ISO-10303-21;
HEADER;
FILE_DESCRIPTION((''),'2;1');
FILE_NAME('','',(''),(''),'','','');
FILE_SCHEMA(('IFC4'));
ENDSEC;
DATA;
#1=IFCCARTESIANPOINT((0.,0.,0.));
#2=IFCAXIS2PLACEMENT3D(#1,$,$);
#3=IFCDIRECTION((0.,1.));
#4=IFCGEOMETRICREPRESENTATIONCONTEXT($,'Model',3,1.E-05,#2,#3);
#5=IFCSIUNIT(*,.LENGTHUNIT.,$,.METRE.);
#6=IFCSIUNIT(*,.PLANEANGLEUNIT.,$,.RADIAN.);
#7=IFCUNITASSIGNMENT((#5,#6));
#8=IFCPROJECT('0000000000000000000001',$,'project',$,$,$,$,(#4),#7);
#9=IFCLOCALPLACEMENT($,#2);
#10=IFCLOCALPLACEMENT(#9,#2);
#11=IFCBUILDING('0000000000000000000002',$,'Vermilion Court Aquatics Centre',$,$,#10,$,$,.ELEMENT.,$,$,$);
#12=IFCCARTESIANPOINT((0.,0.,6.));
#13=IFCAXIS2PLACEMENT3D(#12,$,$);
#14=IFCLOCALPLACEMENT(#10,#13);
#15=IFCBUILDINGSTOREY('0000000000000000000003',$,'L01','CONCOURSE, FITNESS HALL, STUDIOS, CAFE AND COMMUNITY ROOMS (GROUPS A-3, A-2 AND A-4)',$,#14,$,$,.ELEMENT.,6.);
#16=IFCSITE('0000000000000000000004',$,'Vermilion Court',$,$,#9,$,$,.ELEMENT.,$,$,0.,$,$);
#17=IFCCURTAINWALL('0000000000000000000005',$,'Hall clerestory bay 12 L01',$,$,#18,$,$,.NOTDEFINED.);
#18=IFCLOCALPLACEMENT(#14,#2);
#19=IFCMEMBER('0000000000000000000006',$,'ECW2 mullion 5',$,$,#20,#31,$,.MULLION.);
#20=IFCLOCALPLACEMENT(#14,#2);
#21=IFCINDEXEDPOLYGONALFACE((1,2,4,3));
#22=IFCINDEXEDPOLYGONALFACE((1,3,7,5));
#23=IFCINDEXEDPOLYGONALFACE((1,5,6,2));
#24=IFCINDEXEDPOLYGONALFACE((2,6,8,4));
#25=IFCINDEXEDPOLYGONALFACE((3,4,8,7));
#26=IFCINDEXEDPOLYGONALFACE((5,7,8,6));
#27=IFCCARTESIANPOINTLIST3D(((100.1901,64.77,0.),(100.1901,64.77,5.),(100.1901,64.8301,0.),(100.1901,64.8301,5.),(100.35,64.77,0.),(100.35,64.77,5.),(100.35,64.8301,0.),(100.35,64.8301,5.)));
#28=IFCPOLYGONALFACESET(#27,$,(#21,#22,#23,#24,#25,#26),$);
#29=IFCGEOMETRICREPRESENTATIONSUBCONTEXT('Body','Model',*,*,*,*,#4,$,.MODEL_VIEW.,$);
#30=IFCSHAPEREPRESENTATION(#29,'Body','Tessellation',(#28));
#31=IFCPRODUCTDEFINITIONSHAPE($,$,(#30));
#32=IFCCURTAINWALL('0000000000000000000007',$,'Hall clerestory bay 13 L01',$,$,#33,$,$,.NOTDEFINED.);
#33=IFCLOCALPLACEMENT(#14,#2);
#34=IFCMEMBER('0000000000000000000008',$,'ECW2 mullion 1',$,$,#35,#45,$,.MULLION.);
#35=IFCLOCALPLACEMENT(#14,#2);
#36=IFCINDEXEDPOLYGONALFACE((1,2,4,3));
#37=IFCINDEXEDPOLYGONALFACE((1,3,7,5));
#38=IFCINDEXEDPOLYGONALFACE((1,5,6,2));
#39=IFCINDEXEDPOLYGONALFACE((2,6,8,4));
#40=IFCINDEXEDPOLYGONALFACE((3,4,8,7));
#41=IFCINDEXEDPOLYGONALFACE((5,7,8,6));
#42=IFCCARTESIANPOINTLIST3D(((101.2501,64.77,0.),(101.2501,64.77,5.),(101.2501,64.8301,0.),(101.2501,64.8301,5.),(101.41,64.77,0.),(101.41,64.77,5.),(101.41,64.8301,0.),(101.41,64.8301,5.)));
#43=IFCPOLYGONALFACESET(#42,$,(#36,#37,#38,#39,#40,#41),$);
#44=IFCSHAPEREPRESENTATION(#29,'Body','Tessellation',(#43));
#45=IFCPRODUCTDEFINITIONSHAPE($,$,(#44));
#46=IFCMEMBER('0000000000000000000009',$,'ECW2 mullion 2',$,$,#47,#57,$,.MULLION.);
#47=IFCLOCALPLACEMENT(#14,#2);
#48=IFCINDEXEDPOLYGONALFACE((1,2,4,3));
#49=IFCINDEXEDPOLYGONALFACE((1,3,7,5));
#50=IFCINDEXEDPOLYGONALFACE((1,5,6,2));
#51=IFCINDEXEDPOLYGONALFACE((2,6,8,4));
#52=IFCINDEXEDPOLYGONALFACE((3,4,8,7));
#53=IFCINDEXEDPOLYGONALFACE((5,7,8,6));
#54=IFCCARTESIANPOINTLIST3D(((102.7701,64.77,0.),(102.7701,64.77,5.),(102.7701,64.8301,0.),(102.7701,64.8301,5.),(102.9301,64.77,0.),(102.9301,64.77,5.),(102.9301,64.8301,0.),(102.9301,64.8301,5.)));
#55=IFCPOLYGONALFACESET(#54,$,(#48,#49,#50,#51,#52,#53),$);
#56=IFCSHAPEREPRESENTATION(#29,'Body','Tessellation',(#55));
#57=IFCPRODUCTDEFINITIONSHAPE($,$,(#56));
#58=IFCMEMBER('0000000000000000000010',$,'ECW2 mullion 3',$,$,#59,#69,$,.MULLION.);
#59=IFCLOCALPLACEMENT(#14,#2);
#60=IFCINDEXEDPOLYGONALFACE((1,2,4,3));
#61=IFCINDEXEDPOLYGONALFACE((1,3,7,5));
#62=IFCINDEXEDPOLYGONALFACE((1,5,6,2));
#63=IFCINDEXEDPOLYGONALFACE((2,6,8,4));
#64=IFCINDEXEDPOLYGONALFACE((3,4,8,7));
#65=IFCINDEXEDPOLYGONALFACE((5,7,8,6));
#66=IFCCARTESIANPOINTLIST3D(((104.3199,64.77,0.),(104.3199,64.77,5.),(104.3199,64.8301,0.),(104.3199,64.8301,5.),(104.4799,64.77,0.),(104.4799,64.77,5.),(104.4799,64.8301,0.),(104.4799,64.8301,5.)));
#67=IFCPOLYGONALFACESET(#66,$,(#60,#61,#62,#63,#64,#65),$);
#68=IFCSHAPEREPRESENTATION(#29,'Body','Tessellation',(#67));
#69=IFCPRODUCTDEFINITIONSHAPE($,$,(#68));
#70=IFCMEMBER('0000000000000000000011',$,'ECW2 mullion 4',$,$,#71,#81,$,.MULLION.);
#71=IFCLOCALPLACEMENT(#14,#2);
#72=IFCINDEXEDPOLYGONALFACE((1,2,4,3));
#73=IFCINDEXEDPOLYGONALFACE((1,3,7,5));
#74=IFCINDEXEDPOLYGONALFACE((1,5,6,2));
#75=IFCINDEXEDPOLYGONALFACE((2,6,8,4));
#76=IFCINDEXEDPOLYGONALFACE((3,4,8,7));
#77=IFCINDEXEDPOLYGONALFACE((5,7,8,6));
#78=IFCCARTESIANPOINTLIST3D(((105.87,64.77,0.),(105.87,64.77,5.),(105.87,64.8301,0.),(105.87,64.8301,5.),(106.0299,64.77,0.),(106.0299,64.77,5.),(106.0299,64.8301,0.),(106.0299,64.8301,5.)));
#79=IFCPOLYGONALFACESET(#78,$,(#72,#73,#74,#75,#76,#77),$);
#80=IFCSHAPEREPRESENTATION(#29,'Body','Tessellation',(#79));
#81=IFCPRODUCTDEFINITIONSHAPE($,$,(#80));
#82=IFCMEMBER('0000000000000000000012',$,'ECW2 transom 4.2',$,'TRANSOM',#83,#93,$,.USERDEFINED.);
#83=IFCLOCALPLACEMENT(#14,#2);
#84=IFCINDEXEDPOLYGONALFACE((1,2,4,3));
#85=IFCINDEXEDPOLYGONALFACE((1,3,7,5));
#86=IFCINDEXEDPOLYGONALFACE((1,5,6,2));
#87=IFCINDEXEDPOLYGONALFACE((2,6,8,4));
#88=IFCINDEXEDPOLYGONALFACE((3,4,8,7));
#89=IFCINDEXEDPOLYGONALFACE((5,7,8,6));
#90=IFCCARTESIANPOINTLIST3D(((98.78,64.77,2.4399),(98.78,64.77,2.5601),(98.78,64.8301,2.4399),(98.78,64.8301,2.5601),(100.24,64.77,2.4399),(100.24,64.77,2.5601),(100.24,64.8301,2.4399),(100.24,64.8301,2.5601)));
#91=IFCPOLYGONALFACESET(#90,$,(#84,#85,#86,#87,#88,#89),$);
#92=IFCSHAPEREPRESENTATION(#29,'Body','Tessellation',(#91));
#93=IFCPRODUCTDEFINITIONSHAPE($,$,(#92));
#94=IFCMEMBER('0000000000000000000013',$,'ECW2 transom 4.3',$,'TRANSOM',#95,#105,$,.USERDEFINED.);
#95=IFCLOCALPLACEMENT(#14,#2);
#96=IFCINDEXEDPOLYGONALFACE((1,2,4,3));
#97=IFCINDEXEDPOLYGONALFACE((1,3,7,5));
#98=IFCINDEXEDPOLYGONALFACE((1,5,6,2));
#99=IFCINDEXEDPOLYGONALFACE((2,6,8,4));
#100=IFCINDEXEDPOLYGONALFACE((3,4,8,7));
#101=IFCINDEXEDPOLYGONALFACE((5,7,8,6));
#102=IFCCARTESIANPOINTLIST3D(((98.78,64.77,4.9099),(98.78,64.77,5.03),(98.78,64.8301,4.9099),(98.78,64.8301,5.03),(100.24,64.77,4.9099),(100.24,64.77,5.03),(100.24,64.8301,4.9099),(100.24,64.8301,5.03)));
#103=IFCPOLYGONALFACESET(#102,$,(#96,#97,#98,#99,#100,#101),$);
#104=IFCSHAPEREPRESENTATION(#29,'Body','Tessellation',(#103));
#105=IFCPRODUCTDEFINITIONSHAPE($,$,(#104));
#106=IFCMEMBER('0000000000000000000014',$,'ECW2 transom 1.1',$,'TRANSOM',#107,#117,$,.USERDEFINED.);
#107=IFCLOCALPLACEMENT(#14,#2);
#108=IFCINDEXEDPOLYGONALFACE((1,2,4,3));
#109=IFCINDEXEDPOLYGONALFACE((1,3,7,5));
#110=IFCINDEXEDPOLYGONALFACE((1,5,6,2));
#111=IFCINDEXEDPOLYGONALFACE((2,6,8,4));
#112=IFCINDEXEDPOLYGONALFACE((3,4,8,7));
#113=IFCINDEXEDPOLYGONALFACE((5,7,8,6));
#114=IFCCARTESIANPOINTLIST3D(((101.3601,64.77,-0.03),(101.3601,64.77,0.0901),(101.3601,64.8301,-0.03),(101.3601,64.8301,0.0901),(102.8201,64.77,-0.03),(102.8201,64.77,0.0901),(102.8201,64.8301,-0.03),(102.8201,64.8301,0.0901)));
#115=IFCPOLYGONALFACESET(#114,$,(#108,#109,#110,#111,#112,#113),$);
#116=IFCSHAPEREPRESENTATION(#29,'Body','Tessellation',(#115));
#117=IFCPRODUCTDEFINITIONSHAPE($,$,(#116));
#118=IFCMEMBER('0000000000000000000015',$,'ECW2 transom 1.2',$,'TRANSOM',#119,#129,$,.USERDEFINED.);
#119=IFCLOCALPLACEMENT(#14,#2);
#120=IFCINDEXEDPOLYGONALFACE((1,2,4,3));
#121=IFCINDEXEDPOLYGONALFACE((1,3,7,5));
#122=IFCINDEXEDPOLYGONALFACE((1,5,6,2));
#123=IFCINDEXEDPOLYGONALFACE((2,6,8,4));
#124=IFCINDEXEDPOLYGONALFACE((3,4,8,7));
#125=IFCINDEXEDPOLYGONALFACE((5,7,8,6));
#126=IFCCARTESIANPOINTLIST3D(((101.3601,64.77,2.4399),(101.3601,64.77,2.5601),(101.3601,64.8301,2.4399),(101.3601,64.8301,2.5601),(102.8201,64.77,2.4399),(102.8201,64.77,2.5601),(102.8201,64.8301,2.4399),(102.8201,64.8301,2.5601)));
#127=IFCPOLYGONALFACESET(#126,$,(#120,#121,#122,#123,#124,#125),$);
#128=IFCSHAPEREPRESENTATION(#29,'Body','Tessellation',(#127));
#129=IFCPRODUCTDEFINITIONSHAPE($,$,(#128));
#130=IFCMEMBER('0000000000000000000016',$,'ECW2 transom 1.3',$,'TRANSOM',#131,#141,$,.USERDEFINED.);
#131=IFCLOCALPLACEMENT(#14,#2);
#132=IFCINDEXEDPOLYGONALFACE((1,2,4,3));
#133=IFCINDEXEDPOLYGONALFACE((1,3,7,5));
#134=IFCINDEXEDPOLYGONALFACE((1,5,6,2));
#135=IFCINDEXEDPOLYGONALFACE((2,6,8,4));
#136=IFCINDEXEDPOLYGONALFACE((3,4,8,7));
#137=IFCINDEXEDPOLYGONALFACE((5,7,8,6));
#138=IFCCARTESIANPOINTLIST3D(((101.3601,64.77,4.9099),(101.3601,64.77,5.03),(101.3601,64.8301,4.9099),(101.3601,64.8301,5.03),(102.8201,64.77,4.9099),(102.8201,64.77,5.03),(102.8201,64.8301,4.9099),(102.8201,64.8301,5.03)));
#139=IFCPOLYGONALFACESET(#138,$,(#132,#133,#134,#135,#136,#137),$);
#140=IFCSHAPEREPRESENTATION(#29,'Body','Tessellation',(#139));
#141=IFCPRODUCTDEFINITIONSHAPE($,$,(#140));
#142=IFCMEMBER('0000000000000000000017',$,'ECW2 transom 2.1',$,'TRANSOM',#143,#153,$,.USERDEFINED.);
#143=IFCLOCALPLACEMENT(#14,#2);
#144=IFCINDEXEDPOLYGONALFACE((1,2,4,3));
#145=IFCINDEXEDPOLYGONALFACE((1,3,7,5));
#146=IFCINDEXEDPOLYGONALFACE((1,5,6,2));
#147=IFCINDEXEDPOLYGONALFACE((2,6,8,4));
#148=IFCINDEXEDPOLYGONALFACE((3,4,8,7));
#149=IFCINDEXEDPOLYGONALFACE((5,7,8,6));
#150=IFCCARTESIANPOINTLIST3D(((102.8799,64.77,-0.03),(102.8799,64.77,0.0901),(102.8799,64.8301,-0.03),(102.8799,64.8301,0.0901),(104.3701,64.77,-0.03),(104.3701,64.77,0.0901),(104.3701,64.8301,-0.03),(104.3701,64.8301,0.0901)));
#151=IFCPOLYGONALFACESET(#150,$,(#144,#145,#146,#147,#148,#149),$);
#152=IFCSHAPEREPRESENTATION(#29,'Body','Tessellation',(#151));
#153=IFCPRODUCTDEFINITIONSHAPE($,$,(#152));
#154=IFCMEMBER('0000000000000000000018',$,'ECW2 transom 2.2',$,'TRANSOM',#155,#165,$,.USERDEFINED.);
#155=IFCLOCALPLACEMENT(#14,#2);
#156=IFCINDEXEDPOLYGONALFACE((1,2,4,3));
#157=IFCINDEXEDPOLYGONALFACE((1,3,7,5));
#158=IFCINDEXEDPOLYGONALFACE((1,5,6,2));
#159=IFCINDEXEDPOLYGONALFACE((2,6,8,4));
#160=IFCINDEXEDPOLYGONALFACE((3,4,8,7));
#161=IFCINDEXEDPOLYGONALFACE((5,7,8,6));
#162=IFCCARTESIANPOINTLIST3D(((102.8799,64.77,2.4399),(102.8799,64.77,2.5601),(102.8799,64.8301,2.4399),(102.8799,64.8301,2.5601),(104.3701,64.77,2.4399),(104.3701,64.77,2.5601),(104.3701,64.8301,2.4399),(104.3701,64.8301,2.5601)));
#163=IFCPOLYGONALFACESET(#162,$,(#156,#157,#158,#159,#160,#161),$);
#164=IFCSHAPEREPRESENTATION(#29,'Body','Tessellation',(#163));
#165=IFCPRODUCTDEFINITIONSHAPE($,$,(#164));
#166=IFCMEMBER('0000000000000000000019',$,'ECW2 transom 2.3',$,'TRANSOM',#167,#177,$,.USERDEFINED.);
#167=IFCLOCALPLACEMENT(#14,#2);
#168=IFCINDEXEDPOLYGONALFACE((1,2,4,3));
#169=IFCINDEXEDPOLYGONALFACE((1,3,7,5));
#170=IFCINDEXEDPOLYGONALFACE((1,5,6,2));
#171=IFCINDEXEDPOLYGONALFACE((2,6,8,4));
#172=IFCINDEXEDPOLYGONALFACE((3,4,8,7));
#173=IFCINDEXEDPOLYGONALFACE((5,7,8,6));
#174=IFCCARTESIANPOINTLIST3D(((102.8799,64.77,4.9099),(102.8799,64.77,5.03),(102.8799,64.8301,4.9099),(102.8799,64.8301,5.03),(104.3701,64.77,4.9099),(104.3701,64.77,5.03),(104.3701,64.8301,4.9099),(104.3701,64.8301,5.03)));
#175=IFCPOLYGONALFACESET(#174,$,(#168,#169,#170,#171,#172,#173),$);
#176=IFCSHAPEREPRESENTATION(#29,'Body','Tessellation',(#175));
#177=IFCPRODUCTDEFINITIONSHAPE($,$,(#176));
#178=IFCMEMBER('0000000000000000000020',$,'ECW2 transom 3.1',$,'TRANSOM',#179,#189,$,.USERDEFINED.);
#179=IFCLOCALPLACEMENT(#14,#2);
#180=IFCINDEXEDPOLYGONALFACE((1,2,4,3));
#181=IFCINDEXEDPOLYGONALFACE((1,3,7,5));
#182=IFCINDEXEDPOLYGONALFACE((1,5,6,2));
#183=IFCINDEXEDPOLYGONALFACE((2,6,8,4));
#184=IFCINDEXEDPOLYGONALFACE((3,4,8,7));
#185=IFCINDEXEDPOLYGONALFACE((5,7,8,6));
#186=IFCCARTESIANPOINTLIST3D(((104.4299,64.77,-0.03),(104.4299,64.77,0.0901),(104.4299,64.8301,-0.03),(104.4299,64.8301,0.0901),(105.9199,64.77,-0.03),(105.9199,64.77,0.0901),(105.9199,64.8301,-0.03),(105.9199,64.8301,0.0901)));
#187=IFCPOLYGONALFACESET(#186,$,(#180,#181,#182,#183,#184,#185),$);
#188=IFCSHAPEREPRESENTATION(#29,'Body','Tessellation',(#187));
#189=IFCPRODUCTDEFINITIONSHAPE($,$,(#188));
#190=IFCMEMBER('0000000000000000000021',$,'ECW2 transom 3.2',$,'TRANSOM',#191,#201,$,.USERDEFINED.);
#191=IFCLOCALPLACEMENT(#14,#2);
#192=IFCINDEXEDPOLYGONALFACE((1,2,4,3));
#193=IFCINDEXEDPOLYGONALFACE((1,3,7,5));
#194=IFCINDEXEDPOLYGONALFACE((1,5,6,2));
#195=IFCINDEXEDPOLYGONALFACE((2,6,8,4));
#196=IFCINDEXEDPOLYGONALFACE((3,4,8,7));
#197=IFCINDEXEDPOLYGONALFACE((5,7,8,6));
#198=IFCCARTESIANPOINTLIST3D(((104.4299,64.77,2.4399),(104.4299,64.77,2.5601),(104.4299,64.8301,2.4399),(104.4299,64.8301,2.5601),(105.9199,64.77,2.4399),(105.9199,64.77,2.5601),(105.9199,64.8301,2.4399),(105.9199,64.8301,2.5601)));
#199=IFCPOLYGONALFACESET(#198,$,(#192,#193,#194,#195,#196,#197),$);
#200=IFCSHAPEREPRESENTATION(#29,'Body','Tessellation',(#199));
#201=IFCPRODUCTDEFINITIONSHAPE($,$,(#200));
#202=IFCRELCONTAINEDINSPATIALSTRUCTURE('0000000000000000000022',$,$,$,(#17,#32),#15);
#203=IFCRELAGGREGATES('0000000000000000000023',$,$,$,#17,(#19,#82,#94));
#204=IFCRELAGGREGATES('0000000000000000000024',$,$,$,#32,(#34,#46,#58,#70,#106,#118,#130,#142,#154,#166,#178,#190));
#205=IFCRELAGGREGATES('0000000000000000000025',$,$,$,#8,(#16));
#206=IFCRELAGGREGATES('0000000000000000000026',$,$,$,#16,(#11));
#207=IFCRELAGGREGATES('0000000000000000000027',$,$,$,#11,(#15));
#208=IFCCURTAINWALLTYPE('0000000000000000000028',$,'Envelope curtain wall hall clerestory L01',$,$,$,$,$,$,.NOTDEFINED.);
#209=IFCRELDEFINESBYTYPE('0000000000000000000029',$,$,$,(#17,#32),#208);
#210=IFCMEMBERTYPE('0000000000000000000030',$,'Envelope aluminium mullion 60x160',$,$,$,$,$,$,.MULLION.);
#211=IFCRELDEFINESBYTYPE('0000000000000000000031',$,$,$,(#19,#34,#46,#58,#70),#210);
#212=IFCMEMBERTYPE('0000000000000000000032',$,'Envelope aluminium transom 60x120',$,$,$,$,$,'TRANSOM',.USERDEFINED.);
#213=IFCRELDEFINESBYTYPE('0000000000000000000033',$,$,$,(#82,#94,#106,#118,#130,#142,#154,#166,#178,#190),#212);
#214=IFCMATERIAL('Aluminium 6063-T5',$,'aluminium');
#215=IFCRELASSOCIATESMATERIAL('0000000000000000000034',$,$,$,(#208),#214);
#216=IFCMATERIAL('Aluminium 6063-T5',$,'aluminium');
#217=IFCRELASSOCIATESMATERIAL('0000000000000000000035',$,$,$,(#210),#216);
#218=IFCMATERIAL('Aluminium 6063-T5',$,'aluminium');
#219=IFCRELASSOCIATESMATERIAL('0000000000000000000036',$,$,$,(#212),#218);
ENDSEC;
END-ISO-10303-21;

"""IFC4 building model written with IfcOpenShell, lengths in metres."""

from ifc_helpers import new_model, si_unit, direction, frame, origin, origin_2d, place, context, subcontext, project, spatial, rectangle, extrude, material, material_profile, profile_set, type_object, element, aggregate, save


model = new_model("IFC4")

# Units and contexts
model_context = context("Model", 3, precision=1e-05, world=origin(), true_north=direction((0.0, 1.0)))
body_context = subcontext(model_context, "Body", "Model", "MODEL_VIEW")
ifc_project = project(units=[si_unit("LENGTHUNIT", "METRE"), si_unit("PLANEANGLEUNIT", "RADIAN")], contexts=[model_context])

# Site, building, storey
site_placement = place(None, origin())
site = spatial("IfcSite", under=ifc_project, at=site_placement, Name="Vermilion Court", CompositionType="ELEMENT", RefElevation=0.0)
building_placement = place(site_placement, origin())
building = spatial("IfcBuilding", under=site, at=building_placement, Name="Vermilion Court Aquatics Centre", CompositionType="ELEMENT")
storey_placement = place(building_placement, frame((0.0, 0.0, 6.0)))
storey = spatial("IfcBuildingStorey", under=building, at=storey_placement, Name="L01", Description="CONCOURSE, FITNESS HALL, STUDIOS, CAFE AND COMMUNITY ROOMS (GROUPS A-3, A-2 AND A-4)", CompositionType="ELEMENT", Elevation=6.0)

# Curtain wall, member
ifc_material_1 = material(Name="Aluminium 6063-T5", Category="aluminium")
curtain_wall_type = type_object("IfcCurtainWallType", Name="Envelope curtain wall hall clerestory L01", PredefinedType="NOTDEFINED", material=ifc_material_1)
curtain_wall_1_placement = place(storey_placement, origin())
curtain_wall_1 = element("IfcCurtainWall", 1, at=curtain_wall_1_placement, inside=storey, type_object=curtain_wall_type, Name="Hall clerestory bay 12 L01", PredefinedType="NOTDEFINED")
ifc_material_2 = material(Name="Aluminium 6063-T5", Category="aluminium")
ifc_material_profile_1 = material_profile(ifc_material_2, rectangle(XDim=0.0601, YDim=0.1599, at=origin_2d()), Name="AL 60x160")
ifc_profile_set_1 = profile_set([ifc_material_profile_1], Name="Aluminium 6063-T5")
member_type_1 = type_object("IfcMemberType", Name="Envelope aluminium mullion 60x160", PredefinedType="MULLION", material=ifc_profile_set_1)
member_1_placement = place(storey_placement, frame((100.27, 64.8, 0.0), z_axis=(0.0, 0.0, 1.0), x_axis=(0.0, 1.0, 0.0)))
member_1 = element("IfcMember", 2, at=member_1_placement, type_object=member_type_1, Name="ECW2 mullion 5", PredefinedType="MULLION", context=body_context, shape_type="SweptSolid", body=[
    extrude(rectangle(XDim=0.0601, YDim=0.1599, at=origin_2d()), origin(), (0.0, 0.0, 1.0), 5.0),
])

# Curtain wall, members
curtain_wall_2_placement = place(storey_placement, origin())
curtain_wall_2 = element("IfcCurtainWall", 3, at=curtain_wall_2_placement, inside=storey, type_object=curtain_wall_type, Name="Hall clerestory bay 13 L01", PredefinedType="NOTDEFINED")
member_2_placement = place(storey_placement, frame((101.3301, 64.8, 0.0), z_axis=(0.0, 0.0, 1.0), x_axis=(0.0, 1.0, 0.0)))
member_2 = element("IfcMember", 4, at=member_2_placement, type_object=member_type_1, Name="ECW2 mullion 1", PredefinedType="MULLION", context=body_context, shape_type="SweptSolid", body=[
    extrude(rectangle(XDim=0.0601, YDim=0.1599, at=origin_2d()), origin(), (0.0, 0.0, 1.0), 5.0),
])
member_3_placement = place(storey_placement, frame((102.8501, 64.8, 0.0), z_axis=(0.0, 0.0, 1.0), x_axis=(0.0, 1.0, 0.0)))
member_3 = element("IfcMember", 5, at=member_3_placement, type_object=member_type_1, Name="ECW2 mullion 2", PredefinedType="MULLION", context=body_context, shape_type="SweptSolid", body=[
    extrude(rectangle(XDim=0.0601, YDim=0.1599, at=origin_2d()), origin(), (0.0, 0.0, 1.0), 5.0),
])
member_4_placement = place(storey_placement, frame((104.3999, 64.8, 0.0), z_axis=(0.0, 0.0, 1.0), x_axis=(0.0, 1.0, 0.0)))
member_4 = element("IfcMember", 6, at=member_4_placement, type_object=member_type_1, Name="ECW2 mullion 3", PredefinedType="MULLION", context=body_context, shape_type="SweptSolid", body=[
    extrude(rectangle(XDim=0.0601, YDim=0.1599, at=origin_2d()), origin(), (0.0, 0.0, 1.0), 5.0),
])
member_5_placement = place(storey_placement, frame((105.95, 64.8, 0.0), z_axis=(0.0, 0.0, 1.0), x_axis=(0.0, 1.0, 0.0)))
member_5 = element("IfcMember", 7, at=member_5_placement, type_object=member_type_1, Name="ECW2 mullion 4", PredefinedType="MULLION", context=body_context, shape_type="SweptSolid", body=[
    extrude(rectangle(XDim=0.0601, YDim=0.1599, at=origin_2d()), origin(), (0.0, 0.0, 1.0), 5.0),
])

# Members
ifc_material_3 = material(Name="Aluminium 6063-T5", Category="aluminium")
ifc_material_profile_2 = material_profile(ifc_material_3, rectangle(XDim=0.0601, YDim=0.1201, at=origin_2d()), Name="AL 60x120")
ifc_profile_set_2 = profile_set([ifc_material_profile_2], Name="Aluminium 6063-T5")
member_type_2 = type_object("IfcMemberType", Name="Envelope aluminium transom 60x120", ElementType="TRANSOM", PredefinedType="USERDEFINED", material=ifc_profile_set_2)
member_6_placement = place(storey_placement, frame((98.78, 64.8, 2.5), z_axis=(1.0, 0.0, 0.0), x_axis=(0.0, 1.0, 0.0)))
member_6 = element("IfcMember", 8, at=member_6_placement, type_object=member_type_2, Name="ECW2 transom 4.2", ObjectType="TRANSOM", PredefinedType="USERDEFINED", context=body_context, shape_type="SweptSolid", body=[
    extrude(rectangle(XDim=0.0601, YDim=0.1201, at=origin_2d()), origin(), (0.0, 0.0, 1.0), 1.46),
])
member_7_placement = place(storey_placement, frame((98.78, 64.8, 4.97), z_axis=(1.0, 0.0, 0.0), x_axis=(0.0, 1.0, 0.0)))
member_7 = element("IfcMember", 9, at=member_7_placement, type_object=member_type_2, Name="ECW2 transom 4.3", ObjectType="TRANSOM", PredefinedType="USERDEFINED", context=body_context, shape_type="SweptSolid", body=[
    extrude(rectangle(XDim=0.0601, YDim=0.1201, at=origin_2d()), origin(), (0.0, 0.0, 1.0), 1.46),
])
member_8_placement = place(storey_placement, frame((101.3601, 64.8, 0.03), z_axis=(1.0, 0.0, 0.0), x_axis=(0.0, 1.0, 0.0)))
member_8 = element("IfcMember", 10, at=member_8_placement, type_object=member_type_2, Name="ECW2 transom 1.1", ObjectType="TRANSOM", PredefinedType="USERDEFINED", context=body_context, shape_type="SweptSolid", body=[
    extrude(rectangle(XDim=0.0601, YDim=0.1201, at=origin_2d()), origin(), (0.0, 0.0, 1.0), 1.46),
])
member_9_placement = place(storey_placement, frame((101.3601, 64.8, 2.5), z_axis=(1.0, 0.0, 0.0), x_axis=(0.0, 1.0, 0.0)))
member_9 = element("IfcMember", 11, at=member_9_placement, type_object=member_type_2, Name="ECW2 transom 1.2", ObjectType="TRANSOM", PredefinedType="USERDEFINED", context=body_context, shape_type="SweptSolid", body=[
    extrude(rectangle(XDim=0.0601, YDim=0.1201, at=origin_2d()), origin(), (0.0, 0.0, 1.0), 1.46),
])
member_10_placement = place(storey_placement, frame((101.3601, 64.8, 4.97), z_axis=(1.0, 0.0, 0.0), x_axis=(0.0, 1.0, 0.0)))
member_10 = element("IfcMember", 12, at=member_10_placement, type_object=member_type_2, Name="ECW2 transom 1.3", ObjectType="TRANSOM", PredefinedType="USERDEFINED", context=body_context, shape_type="SweptSolid", body=[
    extrude(rectangle(XDim=0.0601, YDim=0.1201, at=origin_2d()), origin(), (0.0, 0.0, 1.0), 1.46),
])
member_11_placement = place(storey_placement, frame((102.8799, 64.8, 0.03), z_axis=(1.0, 0.0, 0.0), x_axis=(0.0, 1.0, 0.0)))
member_11 = element("IfcMember", 13, at=member_11_placement, type_object=member_type_2, Name="ECW2 transom 2.1", ObjectType="TRANSOM", PredefinedType="USERDEFINED", context=body_context, shape_type="SweptSolid", body=[
    extrude(rectangle(XDim=0.0601, YDim=0.1201, at=origin_2d()), origin(), (0.0, 0.0, 1.0), 1.4902),
])
member_12_placement = place(storey_placement, frame((102.8799, 64.8, 2.5), z_axis=(1.0, 0.0, 0.0), x_axis=(0.0, 1.0, 0.0)))
member_12 = element("IfcMember", 14, at=member_12_placement, type_object=member_type_2, Name="ECW2 transom 2.2", ObjectType="TRANSOM", PredefinedType="USERDEFINED", context=body_context, shape_type="SweptSolid", body=[
    extrude(rectangle(XDim=0.0601, YDim=0.1201, at=origin_2d()), origin(), (0.0, 0.0, 1.0), 1.4902),
])
member_13_placement = place(storey_placement, frame((102.8799, 64.8, 4.97), z_axis=(1.0, 0.0, 0.0), x_axis=(0.0, 1.0, 0.0)))
member_13 = element("IfcMember", 15, at=member_13_placement, type_object=member_type_2, Name="ECW2 transom 2.3", ObjectType="TRANSOM", PredefinedType="USERDEFINED", context=body_context, shape_type="SweptSolid", body=[
    extrude(rectangle(XDim=0.0601, YDim=0.1201, at=origin_2d()), origin(), (0.0, 0.0, 1.0), 1.4902),
])
member_14_placement = place(storey_placement, frame((104.4299, 64.8, 0.03), z_axis=(1.0, 0.0, 0.0), x_axis=(0.0, 1.0, 0.0)))
member_14 = element("IfcMember", 16, at=member_14_placement, type_object=member_type_2, Name="ECW2 transom 3.1", ObjectType="TRANSOM", PredefinedType="USERDEFINED", context=body_context, shape_type="SweptSolid", body=[
    extrude(rectangle(XDim=0.0601, YDim=0.1201, at=origin_2d()), origin(), (0.0, 0.0, 1.0), 1.49),
])
member_15_placement = place(storey_placement, frame((104.4299, 64.8, 2.5), z_axis=(1.0, 0.0, 0.0), x_axis=(0.0, 1.0, 0.0)))
member_15 = element("IfcMember", 17, at=member_15_placement, type_object=member_type_2, Name="ECW2 transom 3.2", ObjectType="TRANSOM", PredefinedType="USERDEFINED", context=body_context, shape_type="SweptSolid", body=[
    extrude(rectangle(XDim=0.0601, YDim=0.1201, at=origin_2d()), origin(), (0.0, 0.0, 1.0), 1.49),
])

aggregate(curtain_wall_1, [member_1, member_6, member_7])
aggregate(curtain_wall_2, [member_2, member_3, member_4, member_5, member_8, member_9, member_10, member_11, member_12, member_13, member_14, member_15])

save(model, "model.ifc")
